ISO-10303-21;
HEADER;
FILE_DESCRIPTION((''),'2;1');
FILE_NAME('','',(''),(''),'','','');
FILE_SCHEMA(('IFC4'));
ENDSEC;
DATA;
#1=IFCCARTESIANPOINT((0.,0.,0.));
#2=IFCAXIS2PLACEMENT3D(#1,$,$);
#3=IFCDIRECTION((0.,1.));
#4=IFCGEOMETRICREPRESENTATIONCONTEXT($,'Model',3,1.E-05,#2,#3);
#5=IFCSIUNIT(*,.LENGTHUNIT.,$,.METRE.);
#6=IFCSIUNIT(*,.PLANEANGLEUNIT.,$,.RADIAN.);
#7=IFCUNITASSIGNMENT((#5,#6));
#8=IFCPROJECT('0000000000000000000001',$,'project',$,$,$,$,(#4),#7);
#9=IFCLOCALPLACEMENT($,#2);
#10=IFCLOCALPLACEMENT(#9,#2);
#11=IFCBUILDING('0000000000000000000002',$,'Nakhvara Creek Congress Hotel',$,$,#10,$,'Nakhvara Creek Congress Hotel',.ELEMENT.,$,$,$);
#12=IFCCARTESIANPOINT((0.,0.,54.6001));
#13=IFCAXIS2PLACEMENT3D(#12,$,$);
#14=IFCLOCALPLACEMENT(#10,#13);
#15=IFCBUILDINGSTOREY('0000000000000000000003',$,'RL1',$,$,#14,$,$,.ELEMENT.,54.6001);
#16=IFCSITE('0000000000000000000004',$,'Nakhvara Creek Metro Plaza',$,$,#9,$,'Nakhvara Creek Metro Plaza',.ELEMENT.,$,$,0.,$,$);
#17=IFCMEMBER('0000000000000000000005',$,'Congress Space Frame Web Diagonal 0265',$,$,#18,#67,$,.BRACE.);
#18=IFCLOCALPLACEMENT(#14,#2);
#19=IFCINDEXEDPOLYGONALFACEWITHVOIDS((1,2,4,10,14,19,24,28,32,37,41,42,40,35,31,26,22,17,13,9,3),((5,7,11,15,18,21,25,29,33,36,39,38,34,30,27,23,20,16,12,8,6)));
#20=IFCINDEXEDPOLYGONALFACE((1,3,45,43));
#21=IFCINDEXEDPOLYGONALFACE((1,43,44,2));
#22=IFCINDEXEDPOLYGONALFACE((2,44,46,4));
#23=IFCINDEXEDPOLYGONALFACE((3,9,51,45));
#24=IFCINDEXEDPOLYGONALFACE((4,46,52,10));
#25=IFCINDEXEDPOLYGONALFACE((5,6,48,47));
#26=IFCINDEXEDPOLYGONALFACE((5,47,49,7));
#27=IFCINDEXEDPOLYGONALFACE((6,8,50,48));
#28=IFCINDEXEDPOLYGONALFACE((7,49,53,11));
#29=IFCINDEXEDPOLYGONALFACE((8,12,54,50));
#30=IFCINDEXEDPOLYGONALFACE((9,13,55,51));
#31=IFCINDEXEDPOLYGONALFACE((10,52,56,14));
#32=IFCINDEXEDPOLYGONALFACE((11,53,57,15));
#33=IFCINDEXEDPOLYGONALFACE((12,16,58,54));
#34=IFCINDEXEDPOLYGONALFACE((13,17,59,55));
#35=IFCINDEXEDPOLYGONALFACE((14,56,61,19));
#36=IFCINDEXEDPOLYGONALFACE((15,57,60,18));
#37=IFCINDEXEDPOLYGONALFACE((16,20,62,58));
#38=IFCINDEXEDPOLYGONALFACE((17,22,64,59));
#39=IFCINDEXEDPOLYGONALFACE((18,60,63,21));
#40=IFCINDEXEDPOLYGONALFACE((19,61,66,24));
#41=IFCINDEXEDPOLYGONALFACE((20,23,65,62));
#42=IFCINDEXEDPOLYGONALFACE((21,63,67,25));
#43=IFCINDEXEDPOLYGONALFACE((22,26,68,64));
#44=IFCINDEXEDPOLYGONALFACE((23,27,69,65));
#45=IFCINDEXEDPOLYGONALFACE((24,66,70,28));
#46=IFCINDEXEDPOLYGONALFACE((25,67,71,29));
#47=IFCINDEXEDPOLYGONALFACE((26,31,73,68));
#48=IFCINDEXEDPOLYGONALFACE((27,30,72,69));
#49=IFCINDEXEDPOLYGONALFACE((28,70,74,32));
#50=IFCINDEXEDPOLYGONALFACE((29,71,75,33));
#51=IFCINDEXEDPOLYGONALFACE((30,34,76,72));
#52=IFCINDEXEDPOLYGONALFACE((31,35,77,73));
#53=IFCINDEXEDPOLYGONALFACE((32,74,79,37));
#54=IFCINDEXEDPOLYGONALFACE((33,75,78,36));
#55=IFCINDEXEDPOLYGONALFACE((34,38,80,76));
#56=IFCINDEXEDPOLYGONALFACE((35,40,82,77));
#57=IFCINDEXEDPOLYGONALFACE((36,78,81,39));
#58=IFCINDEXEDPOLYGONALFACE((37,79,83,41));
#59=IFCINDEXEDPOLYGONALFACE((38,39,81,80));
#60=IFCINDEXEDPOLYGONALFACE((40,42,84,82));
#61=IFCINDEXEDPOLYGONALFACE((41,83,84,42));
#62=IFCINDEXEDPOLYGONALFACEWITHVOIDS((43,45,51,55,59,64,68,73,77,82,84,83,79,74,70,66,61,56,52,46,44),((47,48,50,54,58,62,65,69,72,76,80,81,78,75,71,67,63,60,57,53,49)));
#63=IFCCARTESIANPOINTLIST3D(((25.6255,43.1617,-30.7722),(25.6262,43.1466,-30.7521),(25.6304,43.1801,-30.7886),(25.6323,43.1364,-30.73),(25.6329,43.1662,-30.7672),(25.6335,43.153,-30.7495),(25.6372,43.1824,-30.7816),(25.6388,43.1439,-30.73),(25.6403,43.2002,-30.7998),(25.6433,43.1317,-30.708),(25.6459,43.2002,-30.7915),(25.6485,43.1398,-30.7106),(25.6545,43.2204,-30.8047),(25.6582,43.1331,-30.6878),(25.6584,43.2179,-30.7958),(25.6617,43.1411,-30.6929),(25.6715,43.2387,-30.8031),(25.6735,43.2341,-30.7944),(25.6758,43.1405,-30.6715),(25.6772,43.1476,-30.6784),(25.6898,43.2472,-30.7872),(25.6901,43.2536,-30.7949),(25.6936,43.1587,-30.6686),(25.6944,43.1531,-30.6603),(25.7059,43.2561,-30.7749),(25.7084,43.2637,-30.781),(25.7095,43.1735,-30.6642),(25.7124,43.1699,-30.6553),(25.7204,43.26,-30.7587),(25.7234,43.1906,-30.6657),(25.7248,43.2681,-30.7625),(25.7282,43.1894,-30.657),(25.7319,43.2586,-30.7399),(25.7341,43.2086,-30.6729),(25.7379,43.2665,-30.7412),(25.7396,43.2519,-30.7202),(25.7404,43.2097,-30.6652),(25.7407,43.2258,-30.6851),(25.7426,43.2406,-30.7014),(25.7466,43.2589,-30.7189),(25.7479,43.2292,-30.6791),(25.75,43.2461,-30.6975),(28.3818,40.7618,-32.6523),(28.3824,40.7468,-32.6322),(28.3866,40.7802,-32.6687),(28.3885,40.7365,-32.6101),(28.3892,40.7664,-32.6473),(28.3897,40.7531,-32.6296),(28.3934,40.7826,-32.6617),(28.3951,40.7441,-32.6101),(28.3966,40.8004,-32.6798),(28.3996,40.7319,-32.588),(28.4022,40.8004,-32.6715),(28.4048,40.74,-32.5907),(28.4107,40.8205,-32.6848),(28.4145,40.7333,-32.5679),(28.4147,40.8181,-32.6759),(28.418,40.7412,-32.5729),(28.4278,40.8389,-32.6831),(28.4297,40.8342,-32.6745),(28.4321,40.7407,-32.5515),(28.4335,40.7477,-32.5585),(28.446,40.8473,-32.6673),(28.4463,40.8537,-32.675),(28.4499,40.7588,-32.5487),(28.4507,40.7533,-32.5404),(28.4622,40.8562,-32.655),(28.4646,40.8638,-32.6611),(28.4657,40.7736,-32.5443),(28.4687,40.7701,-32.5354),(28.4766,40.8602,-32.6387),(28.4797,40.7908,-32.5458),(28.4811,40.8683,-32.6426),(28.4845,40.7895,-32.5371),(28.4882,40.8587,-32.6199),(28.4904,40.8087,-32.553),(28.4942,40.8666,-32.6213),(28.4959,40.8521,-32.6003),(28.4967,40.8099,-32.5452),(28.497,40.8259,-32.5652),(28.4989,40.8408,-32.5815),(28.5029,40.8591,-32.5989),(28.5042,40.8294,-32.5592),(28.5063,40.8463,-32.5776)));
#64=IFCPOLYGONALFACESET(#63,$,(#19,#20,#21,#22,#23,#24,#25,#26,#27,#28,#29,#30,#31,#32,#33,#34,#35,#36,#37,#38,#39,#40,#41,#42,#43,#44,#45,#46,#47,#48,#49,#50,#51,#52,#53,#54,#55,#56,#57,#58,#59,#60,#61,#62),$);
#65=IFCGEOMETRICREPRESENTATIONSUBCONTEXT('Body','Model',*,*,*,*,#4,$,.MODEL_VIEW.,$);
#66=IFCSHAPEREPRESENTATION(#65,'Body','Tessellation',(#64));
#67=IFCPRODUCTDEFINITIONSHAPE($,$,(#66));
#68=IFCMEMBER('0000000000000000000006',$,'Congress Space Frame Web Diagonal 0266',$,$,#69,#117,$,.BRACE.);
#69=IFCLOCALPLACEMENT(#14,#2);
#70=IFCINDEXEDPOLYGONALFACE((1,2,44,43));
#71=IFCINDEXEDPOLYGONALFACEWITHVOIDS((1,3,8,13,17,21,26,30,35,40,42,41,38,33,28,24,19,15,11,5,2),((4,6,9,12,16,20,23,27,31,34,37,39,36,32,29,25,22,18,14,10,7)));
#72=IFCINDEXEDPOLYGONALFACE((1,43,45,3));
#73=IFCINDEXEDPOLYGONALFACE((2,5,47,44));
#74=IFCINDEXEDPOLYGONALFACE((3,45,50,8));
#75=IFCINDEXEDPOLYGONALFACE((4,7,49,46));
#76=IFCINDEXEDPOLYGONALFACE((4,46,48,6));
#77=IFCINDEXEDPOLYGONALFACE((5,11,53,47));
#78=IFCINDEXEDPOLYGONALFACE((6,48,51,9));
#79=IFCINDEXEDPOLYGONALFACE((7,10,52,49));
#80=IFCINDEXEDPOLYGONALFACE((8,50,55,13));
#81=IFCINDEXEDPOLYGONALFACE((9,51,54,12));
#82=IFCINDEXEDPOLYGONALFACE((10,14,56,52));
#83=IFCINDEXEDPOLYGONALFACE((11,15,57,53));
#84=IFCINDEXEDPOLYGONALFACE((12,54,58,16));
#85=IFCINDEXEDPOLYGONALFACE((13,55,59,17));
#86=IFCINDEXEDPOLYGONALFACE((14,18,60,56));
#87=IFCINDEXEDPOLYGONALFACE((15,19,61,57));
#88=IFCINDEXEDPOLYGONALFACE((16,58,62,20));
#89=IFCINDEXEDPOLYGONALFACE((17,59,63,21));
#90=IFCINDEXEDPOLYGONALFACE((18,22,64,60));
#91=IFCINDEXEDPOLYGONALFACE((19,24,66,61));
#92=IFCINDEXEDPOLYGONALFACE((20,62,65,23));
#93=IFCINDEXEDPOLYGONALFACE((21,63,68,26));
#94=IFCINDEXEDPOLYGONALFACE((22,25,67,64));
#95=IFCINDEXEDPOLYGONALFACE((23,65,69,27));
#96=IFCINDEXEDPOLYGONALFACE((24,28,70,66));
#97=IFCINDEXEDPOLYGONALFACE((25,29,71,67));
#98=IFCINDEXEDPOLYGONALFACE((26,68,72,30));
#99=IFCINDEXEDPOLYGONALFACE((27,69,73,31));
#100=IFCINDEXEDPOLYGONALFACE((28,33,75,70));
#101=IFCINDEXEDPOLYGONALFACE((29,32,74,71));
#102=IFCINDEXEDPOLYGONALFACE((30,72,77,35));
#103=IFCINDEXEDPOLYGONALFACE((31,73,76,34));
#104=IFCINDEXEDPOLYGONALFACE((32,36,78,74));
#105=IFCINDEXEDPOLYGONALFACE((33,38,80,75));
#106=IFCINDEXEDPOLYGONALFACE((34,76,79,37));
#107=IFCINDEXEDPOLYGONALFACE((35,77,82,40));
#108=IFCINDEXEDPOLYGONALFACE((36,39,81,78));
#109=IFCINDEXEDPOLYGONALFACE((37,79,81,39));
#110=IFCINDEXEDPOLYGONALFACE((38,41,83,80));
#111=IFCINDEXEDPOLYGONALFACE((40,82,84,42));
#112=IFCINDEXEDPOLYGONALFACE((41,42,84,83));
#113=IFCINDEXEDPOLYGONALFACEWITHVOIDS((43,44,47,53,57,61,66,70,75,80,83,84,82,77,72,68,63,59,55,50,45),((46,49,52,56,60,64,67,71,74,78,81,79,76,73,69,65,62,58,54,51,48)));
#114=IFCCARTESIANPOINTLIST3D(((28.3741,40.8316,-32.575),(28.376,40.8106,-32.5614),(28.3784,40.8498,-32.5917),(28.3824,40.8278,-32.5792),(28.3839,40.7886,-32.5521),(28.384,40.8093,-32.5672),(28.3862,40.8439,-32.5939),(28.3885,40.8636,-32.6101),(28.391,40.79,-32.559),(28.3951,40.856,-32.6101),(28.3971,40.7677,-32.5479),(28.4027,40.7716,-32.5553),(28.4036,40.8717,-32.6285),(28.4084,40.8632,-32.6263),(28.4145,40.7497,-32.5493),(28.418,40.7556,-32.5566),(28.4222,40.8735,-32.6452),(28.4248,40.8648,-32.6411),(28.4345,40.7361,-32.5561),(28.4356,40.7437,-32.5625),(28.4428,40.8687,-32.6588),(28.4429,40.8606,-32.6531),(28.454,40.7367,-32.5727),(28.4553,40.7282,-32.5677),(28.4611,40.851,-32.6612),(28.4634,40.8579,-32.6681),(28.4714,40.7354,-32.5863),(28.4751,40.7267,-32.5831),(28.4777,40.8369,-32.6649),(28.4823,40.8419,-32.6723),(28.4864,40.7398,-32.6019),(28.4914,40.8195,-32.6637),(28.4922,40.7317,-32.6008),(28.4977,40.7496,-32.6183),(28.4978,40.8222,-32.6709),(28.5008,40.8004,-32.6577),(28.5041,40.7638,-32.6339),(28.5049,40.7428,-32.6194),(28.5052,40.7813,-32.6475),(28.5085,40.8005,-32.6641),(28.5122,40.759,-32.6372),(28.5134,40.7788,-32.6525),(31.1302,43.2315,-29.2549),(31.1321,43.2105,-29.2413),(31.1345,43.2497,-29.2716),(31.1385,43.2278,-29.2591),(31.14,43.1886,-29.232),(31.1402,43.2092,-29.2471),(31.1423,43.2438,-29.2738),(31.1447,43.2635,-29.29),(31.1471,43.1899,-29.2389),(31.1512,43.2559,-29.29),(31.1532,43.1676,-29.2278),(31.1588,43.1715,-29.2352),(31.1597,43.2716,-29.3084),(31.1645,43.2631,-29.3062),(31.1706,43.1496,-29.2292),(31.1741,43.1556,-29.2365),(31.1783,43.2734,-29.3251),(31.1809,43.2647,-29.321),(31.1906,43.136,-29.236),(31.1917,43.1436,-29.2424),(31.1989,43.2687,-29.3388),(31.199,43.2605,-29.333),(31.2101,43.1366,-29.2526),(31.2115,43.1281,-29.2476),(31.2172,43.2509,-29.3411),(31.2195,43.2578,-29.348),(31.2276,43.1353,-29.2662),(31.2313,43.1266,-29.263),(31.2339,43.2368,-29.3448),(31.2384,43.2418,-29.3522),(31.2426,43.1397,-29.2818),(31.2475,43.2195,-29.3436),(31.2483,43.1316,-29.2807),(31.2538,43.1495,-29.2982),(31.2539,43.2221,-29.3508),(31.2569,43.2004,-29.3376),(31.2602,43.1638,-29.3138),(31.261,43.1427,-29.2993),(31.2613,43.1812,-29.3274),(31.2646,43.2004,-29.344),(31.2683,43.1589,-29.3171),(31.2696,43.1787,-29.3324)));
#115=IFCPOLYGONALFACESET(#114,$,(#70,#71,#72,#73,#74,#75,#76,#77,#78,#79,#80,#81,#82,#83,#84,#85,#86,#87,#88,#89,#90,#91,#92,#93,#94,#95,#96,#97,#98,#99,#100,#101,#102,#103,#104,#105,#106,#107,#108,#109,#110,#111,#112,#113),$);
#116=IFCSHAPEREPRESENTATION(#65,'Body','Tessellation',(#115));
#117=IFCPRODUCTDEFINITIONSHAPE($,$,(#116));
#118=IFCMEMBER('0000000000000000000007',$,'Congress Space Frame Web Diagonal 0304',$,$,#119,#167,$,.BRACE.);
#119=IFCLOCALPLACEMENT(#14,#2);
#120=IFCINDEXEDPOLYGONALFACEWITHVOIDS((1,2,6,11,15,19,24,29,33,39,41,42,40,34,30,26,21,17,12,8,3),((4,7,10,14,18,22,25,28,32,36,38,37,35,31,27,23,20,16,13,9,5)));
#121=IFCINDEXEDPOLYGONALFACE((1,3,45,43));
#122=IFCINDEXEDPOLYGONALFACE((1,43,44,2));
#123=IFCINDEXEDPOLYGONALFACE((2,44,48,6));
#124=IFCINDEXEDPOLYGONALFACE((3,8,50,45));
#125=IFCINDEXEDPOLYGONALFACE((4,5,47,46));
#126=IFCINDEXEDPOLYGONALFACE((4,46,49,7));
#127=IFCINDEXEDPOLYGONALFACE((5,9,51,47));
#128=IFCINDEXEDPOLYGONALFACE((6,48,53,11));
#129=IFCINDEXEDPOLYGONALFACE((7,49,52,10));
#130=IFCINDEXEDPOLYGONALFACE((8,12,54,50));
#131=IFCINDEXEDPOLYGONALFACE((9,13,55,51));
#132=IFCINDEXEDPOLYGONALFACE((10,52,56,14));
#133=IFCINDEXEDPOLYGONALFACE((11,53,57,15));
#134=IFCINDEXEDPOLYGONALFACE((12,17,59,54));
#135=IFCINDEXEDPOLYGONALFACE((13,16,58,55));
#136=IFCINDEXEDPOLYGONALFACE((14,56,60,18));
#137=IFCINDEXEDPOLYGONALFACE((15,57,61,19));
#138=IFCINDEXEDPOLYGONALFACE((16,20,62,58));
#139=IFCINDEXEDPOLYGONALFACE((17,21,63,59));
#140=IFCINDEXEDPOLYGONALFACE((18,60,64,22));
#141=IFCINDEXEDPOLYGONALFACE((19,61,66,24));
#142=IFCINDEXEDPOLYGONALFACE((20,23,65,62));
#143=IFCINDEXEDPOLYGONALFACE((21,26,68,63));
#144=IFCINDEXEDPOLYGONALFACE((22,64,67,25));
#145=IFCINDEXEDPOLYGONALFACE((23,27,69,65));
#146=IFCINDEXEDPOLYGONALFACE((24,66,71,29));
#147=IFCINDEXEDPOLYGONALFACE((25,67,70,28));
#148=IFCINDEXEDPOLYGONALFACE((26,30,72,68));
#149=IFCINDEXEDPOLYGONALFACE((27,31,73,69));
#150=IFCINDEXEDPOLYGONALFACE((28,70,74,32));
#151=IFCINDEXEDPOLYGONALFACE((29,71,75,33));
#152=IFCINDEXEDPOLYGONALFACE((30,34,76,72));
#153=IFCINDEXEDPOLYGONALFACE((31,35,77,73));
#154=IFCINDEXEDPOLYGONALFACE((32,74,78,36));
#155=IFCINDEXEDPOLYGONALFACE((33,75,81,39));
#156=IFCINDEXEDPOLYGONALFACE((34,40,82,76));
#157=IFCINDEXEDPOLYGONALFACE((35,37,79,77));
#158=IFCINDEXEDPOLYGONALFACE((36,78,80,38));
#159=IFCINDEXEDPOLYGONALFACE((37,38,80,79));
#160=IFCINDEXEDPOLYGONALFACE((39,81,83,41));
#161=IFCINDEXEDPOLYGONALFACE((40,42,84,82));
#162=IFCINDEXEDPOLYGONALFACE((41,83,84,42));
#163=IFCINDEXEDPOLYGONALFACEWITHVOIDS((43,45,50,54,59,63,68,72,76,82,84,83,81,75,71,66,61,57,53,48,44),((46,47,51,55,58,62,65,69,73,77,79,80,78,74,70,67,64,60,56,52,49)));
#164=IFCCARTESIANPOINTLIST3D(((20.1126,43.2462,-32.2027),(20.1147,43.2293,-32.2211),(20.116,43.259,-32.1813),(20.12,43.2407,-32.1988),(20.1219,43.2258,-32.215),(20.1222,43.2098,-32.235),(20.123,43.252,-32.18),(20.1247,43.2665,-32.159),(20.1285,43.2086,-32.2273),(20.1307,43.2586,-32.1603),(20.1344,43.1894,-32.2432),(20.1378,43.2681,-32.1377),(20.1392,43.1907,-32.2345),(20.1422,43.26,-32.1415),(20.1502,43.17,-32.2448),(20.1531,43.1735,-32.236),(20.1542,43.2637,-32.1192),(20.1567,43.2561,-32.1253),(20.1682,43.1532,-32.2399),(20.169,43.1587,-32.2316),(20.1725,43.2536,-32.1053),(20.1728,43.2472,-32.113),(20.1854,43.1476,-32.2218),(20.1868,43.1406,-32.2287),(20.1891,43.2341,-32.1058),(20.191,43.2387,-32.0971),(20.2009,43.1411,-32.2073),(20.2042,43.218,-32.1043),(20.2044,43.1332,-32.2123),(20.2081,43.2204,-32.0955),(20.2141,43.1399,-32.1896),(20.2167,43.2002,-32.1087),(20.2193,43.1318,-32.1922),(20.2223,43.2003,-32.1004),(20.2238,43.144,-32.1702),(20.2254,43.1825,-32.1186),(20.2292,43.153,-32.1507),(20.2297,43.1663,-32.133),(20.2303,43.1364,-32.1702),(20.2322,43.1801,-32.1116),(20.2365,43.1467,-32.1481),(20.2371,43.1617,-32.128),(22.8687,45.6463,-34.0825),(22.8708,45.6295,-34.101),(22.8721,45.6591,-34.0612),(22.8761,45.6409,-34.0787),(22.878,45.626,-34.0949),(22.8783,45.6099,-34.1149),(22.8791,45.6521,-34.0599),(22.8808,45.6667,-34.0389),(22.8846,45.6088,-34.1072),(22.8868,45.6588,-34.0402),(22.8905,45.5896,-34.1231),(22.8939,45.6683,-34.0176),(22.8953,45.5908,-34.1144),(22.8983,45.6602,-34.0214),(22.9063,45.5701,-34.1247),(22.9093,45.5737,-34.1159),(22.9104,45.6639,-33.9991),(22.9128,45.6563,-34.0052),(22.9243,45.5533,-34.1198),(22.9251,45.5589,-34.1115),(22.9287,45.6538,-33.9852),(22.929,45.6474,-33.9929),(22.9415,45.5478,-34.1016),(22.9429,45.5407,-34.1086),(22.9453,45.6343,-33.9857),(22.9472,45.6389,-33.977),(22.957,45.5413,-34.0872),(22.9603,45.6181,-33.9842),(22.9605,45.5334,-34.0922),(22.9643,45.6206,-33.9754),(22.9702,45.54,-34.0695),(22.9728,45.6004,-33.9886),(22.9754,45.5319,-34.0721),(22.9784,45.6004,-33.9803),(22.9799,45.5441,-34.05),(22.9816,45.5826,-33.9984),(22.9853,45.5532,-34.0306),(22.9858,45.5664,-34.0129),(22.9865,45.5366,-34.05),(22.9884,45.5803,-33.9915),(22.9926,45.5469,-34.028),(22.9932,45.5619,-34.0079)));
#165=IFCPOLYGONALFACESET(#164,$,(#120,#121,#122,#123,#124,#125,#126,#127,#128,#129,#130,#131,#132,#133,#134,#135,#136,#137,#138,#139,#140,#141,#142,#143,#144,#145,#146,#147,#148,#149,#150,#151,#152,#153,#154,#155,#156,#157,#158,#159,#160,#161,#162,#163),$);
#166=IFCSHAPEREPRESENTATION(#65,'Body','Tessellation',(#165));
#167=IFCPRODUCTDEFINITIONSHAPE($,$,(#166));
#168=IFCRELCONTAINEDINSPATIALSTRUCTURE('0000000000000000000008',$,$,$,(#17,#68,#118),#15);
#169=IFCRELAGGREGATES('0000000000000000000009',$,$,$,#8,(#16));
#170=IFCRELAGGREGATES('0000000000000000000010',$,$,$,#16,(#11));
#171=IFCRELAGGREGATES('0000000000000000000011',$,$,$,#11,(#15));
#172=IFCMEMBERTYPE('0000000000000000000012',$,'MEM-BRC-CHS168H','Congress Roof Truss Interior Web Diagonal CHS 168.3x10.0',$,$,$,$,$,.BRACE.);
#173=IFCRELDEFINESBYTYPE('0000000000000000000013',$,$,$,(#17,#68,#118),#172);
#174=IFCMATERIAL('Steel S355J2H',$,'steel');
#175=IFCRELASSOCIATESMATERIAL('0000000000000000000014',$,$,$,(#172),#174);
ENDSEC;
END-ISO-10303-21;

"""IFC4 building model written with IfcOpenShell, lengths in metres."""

from ifc_helpers import new_model, si_unit, direction, frame, origin, origin_2d, place, context, subcontext, project, spatial, hollow_circle, extrude, material, material_profile, profile_set, type_object, element, save


model = new_model("IFC4")

# Units and contexts
model_context = context("Model", 3, precision=1e-05, world=origin(), true_north=direction((0.0, 1.0)))
body_context = subcontext(model_context, "Body", "Model", "MODEL_VIEW")
ifc_project = project(units=[si_unit("LENGTHUNIT", "METRE"), si_unit("PLANEANGLEUNIT", "RADIAN")], contexts=[model_context])

# Site, building, storey
site_placement = place(None, origin())
site = spatial("IfcSite", under=ifc_project, at=site_placement, Name="Nakhvara Creek Metro Plaza", LongName="Nakhvara Creek Metro Plaza", CompositionType="ELEMENT", RefElevation=0.0)
building_placement = place(site_placement, origin())
building = spatial("IfcBuilding", under=site, at=building_placement, Name="Nakhvara Creek Congress Hotel", LongName="Nakhvara Creek Congress Hotel", CompositionType="ELEMENT")
storey_placement = place(building_placement, frame((0.0, 0.0, 54.6001)))
storey = spatial("IfcBuildingStorey", under=building, at=storey_placement, Name="RL1", CompositionType="ELEMENT", Elevation=54.6001)

# Members
ifc_material_1 = material(Name="Steel S355J2H", Category="steel")
ifc_material_profile_1 = material_profile(ifc_material_1, hollow_circle(Radius=0.0842, WallThickness=0.01, at=origin_2d()), Name="CHS 168.3x10.0", Category="LoadBearing")
ifc_profile_set_1 = profile_set([ifc_material_profile_1], Name="Steel S355J2H")
member_type_1 = type_object("IfcMemberType", Name="MEM-BRC-CHS168H", Description="Congress Roof Truss Interior Web Diagonal CHS 168.3x10.0", PredefinedType="BRACE", material=ifc_profile_set_1)
member_1_placement = place(storey_placement, frame((28.4438, 40.8, -32.6101), z_axis=(-0.670649, 0.583922, 0.457455), x_axis=(-0.656658, -0.754188, 0.0)))
element("IfcMember", 1, at=member_1_placement, inside=storey, type_object=member_type_1, Name="Congress Space Frame Web Diagonal 0265", PredefinedType="BRACE", context=body_context, shape_type="SweptSolid", body=[
    extrude(hollow_circle(Radius=0.0842, WallThickness=0.01, at=origin_2d()), origin(), (0.0, 0.0, 1.0), 4.1099),
])
member_2_placement = place(storey_placement, frame((28.4438, 40.8, -32.6101), z_axis=(0.558203, 0.48606, 0.672425), x_axis=(-0.656691, 0.75416, 0.0)))
element("IfcMember", 2, at=member_2_placement, inside=storey, type_object=member_type_1, Name="Congress Space Frame Web Diagonal 0266", PredefinedType="BRACE", context=body_context, shape_type="SweptSolid", body=[
    extrude(hollow_circle(Radius=0.0842, WallThickness=0.01, at=origin_2d()), origin(), (0.0, 0.0, 1.0), 4.9375),
])
member_3_placement = place(storey_placement, frame((22.9312, 45.6001, -34.05), z_axis=(-0.670611, -0.584, 0.45741), x_axis=(0.656729, -0.754126, 0.0)))
element("IfcMember", 3, at=member_3_placement, inside=storey, type_object=member_type_1, Name="Congress Space Frame Web Diagonal 0304", PredefinedType="BRACE", context=body_context, shape_type="SweptSolid", body=[
    extrude(hollow_circle(Radius=0.0842, WallThickness=0.01, at=origin_2d()), origin(), (0.0, 0.0, 1.0), 4.1099),
])

save(model, "model.ifc")
